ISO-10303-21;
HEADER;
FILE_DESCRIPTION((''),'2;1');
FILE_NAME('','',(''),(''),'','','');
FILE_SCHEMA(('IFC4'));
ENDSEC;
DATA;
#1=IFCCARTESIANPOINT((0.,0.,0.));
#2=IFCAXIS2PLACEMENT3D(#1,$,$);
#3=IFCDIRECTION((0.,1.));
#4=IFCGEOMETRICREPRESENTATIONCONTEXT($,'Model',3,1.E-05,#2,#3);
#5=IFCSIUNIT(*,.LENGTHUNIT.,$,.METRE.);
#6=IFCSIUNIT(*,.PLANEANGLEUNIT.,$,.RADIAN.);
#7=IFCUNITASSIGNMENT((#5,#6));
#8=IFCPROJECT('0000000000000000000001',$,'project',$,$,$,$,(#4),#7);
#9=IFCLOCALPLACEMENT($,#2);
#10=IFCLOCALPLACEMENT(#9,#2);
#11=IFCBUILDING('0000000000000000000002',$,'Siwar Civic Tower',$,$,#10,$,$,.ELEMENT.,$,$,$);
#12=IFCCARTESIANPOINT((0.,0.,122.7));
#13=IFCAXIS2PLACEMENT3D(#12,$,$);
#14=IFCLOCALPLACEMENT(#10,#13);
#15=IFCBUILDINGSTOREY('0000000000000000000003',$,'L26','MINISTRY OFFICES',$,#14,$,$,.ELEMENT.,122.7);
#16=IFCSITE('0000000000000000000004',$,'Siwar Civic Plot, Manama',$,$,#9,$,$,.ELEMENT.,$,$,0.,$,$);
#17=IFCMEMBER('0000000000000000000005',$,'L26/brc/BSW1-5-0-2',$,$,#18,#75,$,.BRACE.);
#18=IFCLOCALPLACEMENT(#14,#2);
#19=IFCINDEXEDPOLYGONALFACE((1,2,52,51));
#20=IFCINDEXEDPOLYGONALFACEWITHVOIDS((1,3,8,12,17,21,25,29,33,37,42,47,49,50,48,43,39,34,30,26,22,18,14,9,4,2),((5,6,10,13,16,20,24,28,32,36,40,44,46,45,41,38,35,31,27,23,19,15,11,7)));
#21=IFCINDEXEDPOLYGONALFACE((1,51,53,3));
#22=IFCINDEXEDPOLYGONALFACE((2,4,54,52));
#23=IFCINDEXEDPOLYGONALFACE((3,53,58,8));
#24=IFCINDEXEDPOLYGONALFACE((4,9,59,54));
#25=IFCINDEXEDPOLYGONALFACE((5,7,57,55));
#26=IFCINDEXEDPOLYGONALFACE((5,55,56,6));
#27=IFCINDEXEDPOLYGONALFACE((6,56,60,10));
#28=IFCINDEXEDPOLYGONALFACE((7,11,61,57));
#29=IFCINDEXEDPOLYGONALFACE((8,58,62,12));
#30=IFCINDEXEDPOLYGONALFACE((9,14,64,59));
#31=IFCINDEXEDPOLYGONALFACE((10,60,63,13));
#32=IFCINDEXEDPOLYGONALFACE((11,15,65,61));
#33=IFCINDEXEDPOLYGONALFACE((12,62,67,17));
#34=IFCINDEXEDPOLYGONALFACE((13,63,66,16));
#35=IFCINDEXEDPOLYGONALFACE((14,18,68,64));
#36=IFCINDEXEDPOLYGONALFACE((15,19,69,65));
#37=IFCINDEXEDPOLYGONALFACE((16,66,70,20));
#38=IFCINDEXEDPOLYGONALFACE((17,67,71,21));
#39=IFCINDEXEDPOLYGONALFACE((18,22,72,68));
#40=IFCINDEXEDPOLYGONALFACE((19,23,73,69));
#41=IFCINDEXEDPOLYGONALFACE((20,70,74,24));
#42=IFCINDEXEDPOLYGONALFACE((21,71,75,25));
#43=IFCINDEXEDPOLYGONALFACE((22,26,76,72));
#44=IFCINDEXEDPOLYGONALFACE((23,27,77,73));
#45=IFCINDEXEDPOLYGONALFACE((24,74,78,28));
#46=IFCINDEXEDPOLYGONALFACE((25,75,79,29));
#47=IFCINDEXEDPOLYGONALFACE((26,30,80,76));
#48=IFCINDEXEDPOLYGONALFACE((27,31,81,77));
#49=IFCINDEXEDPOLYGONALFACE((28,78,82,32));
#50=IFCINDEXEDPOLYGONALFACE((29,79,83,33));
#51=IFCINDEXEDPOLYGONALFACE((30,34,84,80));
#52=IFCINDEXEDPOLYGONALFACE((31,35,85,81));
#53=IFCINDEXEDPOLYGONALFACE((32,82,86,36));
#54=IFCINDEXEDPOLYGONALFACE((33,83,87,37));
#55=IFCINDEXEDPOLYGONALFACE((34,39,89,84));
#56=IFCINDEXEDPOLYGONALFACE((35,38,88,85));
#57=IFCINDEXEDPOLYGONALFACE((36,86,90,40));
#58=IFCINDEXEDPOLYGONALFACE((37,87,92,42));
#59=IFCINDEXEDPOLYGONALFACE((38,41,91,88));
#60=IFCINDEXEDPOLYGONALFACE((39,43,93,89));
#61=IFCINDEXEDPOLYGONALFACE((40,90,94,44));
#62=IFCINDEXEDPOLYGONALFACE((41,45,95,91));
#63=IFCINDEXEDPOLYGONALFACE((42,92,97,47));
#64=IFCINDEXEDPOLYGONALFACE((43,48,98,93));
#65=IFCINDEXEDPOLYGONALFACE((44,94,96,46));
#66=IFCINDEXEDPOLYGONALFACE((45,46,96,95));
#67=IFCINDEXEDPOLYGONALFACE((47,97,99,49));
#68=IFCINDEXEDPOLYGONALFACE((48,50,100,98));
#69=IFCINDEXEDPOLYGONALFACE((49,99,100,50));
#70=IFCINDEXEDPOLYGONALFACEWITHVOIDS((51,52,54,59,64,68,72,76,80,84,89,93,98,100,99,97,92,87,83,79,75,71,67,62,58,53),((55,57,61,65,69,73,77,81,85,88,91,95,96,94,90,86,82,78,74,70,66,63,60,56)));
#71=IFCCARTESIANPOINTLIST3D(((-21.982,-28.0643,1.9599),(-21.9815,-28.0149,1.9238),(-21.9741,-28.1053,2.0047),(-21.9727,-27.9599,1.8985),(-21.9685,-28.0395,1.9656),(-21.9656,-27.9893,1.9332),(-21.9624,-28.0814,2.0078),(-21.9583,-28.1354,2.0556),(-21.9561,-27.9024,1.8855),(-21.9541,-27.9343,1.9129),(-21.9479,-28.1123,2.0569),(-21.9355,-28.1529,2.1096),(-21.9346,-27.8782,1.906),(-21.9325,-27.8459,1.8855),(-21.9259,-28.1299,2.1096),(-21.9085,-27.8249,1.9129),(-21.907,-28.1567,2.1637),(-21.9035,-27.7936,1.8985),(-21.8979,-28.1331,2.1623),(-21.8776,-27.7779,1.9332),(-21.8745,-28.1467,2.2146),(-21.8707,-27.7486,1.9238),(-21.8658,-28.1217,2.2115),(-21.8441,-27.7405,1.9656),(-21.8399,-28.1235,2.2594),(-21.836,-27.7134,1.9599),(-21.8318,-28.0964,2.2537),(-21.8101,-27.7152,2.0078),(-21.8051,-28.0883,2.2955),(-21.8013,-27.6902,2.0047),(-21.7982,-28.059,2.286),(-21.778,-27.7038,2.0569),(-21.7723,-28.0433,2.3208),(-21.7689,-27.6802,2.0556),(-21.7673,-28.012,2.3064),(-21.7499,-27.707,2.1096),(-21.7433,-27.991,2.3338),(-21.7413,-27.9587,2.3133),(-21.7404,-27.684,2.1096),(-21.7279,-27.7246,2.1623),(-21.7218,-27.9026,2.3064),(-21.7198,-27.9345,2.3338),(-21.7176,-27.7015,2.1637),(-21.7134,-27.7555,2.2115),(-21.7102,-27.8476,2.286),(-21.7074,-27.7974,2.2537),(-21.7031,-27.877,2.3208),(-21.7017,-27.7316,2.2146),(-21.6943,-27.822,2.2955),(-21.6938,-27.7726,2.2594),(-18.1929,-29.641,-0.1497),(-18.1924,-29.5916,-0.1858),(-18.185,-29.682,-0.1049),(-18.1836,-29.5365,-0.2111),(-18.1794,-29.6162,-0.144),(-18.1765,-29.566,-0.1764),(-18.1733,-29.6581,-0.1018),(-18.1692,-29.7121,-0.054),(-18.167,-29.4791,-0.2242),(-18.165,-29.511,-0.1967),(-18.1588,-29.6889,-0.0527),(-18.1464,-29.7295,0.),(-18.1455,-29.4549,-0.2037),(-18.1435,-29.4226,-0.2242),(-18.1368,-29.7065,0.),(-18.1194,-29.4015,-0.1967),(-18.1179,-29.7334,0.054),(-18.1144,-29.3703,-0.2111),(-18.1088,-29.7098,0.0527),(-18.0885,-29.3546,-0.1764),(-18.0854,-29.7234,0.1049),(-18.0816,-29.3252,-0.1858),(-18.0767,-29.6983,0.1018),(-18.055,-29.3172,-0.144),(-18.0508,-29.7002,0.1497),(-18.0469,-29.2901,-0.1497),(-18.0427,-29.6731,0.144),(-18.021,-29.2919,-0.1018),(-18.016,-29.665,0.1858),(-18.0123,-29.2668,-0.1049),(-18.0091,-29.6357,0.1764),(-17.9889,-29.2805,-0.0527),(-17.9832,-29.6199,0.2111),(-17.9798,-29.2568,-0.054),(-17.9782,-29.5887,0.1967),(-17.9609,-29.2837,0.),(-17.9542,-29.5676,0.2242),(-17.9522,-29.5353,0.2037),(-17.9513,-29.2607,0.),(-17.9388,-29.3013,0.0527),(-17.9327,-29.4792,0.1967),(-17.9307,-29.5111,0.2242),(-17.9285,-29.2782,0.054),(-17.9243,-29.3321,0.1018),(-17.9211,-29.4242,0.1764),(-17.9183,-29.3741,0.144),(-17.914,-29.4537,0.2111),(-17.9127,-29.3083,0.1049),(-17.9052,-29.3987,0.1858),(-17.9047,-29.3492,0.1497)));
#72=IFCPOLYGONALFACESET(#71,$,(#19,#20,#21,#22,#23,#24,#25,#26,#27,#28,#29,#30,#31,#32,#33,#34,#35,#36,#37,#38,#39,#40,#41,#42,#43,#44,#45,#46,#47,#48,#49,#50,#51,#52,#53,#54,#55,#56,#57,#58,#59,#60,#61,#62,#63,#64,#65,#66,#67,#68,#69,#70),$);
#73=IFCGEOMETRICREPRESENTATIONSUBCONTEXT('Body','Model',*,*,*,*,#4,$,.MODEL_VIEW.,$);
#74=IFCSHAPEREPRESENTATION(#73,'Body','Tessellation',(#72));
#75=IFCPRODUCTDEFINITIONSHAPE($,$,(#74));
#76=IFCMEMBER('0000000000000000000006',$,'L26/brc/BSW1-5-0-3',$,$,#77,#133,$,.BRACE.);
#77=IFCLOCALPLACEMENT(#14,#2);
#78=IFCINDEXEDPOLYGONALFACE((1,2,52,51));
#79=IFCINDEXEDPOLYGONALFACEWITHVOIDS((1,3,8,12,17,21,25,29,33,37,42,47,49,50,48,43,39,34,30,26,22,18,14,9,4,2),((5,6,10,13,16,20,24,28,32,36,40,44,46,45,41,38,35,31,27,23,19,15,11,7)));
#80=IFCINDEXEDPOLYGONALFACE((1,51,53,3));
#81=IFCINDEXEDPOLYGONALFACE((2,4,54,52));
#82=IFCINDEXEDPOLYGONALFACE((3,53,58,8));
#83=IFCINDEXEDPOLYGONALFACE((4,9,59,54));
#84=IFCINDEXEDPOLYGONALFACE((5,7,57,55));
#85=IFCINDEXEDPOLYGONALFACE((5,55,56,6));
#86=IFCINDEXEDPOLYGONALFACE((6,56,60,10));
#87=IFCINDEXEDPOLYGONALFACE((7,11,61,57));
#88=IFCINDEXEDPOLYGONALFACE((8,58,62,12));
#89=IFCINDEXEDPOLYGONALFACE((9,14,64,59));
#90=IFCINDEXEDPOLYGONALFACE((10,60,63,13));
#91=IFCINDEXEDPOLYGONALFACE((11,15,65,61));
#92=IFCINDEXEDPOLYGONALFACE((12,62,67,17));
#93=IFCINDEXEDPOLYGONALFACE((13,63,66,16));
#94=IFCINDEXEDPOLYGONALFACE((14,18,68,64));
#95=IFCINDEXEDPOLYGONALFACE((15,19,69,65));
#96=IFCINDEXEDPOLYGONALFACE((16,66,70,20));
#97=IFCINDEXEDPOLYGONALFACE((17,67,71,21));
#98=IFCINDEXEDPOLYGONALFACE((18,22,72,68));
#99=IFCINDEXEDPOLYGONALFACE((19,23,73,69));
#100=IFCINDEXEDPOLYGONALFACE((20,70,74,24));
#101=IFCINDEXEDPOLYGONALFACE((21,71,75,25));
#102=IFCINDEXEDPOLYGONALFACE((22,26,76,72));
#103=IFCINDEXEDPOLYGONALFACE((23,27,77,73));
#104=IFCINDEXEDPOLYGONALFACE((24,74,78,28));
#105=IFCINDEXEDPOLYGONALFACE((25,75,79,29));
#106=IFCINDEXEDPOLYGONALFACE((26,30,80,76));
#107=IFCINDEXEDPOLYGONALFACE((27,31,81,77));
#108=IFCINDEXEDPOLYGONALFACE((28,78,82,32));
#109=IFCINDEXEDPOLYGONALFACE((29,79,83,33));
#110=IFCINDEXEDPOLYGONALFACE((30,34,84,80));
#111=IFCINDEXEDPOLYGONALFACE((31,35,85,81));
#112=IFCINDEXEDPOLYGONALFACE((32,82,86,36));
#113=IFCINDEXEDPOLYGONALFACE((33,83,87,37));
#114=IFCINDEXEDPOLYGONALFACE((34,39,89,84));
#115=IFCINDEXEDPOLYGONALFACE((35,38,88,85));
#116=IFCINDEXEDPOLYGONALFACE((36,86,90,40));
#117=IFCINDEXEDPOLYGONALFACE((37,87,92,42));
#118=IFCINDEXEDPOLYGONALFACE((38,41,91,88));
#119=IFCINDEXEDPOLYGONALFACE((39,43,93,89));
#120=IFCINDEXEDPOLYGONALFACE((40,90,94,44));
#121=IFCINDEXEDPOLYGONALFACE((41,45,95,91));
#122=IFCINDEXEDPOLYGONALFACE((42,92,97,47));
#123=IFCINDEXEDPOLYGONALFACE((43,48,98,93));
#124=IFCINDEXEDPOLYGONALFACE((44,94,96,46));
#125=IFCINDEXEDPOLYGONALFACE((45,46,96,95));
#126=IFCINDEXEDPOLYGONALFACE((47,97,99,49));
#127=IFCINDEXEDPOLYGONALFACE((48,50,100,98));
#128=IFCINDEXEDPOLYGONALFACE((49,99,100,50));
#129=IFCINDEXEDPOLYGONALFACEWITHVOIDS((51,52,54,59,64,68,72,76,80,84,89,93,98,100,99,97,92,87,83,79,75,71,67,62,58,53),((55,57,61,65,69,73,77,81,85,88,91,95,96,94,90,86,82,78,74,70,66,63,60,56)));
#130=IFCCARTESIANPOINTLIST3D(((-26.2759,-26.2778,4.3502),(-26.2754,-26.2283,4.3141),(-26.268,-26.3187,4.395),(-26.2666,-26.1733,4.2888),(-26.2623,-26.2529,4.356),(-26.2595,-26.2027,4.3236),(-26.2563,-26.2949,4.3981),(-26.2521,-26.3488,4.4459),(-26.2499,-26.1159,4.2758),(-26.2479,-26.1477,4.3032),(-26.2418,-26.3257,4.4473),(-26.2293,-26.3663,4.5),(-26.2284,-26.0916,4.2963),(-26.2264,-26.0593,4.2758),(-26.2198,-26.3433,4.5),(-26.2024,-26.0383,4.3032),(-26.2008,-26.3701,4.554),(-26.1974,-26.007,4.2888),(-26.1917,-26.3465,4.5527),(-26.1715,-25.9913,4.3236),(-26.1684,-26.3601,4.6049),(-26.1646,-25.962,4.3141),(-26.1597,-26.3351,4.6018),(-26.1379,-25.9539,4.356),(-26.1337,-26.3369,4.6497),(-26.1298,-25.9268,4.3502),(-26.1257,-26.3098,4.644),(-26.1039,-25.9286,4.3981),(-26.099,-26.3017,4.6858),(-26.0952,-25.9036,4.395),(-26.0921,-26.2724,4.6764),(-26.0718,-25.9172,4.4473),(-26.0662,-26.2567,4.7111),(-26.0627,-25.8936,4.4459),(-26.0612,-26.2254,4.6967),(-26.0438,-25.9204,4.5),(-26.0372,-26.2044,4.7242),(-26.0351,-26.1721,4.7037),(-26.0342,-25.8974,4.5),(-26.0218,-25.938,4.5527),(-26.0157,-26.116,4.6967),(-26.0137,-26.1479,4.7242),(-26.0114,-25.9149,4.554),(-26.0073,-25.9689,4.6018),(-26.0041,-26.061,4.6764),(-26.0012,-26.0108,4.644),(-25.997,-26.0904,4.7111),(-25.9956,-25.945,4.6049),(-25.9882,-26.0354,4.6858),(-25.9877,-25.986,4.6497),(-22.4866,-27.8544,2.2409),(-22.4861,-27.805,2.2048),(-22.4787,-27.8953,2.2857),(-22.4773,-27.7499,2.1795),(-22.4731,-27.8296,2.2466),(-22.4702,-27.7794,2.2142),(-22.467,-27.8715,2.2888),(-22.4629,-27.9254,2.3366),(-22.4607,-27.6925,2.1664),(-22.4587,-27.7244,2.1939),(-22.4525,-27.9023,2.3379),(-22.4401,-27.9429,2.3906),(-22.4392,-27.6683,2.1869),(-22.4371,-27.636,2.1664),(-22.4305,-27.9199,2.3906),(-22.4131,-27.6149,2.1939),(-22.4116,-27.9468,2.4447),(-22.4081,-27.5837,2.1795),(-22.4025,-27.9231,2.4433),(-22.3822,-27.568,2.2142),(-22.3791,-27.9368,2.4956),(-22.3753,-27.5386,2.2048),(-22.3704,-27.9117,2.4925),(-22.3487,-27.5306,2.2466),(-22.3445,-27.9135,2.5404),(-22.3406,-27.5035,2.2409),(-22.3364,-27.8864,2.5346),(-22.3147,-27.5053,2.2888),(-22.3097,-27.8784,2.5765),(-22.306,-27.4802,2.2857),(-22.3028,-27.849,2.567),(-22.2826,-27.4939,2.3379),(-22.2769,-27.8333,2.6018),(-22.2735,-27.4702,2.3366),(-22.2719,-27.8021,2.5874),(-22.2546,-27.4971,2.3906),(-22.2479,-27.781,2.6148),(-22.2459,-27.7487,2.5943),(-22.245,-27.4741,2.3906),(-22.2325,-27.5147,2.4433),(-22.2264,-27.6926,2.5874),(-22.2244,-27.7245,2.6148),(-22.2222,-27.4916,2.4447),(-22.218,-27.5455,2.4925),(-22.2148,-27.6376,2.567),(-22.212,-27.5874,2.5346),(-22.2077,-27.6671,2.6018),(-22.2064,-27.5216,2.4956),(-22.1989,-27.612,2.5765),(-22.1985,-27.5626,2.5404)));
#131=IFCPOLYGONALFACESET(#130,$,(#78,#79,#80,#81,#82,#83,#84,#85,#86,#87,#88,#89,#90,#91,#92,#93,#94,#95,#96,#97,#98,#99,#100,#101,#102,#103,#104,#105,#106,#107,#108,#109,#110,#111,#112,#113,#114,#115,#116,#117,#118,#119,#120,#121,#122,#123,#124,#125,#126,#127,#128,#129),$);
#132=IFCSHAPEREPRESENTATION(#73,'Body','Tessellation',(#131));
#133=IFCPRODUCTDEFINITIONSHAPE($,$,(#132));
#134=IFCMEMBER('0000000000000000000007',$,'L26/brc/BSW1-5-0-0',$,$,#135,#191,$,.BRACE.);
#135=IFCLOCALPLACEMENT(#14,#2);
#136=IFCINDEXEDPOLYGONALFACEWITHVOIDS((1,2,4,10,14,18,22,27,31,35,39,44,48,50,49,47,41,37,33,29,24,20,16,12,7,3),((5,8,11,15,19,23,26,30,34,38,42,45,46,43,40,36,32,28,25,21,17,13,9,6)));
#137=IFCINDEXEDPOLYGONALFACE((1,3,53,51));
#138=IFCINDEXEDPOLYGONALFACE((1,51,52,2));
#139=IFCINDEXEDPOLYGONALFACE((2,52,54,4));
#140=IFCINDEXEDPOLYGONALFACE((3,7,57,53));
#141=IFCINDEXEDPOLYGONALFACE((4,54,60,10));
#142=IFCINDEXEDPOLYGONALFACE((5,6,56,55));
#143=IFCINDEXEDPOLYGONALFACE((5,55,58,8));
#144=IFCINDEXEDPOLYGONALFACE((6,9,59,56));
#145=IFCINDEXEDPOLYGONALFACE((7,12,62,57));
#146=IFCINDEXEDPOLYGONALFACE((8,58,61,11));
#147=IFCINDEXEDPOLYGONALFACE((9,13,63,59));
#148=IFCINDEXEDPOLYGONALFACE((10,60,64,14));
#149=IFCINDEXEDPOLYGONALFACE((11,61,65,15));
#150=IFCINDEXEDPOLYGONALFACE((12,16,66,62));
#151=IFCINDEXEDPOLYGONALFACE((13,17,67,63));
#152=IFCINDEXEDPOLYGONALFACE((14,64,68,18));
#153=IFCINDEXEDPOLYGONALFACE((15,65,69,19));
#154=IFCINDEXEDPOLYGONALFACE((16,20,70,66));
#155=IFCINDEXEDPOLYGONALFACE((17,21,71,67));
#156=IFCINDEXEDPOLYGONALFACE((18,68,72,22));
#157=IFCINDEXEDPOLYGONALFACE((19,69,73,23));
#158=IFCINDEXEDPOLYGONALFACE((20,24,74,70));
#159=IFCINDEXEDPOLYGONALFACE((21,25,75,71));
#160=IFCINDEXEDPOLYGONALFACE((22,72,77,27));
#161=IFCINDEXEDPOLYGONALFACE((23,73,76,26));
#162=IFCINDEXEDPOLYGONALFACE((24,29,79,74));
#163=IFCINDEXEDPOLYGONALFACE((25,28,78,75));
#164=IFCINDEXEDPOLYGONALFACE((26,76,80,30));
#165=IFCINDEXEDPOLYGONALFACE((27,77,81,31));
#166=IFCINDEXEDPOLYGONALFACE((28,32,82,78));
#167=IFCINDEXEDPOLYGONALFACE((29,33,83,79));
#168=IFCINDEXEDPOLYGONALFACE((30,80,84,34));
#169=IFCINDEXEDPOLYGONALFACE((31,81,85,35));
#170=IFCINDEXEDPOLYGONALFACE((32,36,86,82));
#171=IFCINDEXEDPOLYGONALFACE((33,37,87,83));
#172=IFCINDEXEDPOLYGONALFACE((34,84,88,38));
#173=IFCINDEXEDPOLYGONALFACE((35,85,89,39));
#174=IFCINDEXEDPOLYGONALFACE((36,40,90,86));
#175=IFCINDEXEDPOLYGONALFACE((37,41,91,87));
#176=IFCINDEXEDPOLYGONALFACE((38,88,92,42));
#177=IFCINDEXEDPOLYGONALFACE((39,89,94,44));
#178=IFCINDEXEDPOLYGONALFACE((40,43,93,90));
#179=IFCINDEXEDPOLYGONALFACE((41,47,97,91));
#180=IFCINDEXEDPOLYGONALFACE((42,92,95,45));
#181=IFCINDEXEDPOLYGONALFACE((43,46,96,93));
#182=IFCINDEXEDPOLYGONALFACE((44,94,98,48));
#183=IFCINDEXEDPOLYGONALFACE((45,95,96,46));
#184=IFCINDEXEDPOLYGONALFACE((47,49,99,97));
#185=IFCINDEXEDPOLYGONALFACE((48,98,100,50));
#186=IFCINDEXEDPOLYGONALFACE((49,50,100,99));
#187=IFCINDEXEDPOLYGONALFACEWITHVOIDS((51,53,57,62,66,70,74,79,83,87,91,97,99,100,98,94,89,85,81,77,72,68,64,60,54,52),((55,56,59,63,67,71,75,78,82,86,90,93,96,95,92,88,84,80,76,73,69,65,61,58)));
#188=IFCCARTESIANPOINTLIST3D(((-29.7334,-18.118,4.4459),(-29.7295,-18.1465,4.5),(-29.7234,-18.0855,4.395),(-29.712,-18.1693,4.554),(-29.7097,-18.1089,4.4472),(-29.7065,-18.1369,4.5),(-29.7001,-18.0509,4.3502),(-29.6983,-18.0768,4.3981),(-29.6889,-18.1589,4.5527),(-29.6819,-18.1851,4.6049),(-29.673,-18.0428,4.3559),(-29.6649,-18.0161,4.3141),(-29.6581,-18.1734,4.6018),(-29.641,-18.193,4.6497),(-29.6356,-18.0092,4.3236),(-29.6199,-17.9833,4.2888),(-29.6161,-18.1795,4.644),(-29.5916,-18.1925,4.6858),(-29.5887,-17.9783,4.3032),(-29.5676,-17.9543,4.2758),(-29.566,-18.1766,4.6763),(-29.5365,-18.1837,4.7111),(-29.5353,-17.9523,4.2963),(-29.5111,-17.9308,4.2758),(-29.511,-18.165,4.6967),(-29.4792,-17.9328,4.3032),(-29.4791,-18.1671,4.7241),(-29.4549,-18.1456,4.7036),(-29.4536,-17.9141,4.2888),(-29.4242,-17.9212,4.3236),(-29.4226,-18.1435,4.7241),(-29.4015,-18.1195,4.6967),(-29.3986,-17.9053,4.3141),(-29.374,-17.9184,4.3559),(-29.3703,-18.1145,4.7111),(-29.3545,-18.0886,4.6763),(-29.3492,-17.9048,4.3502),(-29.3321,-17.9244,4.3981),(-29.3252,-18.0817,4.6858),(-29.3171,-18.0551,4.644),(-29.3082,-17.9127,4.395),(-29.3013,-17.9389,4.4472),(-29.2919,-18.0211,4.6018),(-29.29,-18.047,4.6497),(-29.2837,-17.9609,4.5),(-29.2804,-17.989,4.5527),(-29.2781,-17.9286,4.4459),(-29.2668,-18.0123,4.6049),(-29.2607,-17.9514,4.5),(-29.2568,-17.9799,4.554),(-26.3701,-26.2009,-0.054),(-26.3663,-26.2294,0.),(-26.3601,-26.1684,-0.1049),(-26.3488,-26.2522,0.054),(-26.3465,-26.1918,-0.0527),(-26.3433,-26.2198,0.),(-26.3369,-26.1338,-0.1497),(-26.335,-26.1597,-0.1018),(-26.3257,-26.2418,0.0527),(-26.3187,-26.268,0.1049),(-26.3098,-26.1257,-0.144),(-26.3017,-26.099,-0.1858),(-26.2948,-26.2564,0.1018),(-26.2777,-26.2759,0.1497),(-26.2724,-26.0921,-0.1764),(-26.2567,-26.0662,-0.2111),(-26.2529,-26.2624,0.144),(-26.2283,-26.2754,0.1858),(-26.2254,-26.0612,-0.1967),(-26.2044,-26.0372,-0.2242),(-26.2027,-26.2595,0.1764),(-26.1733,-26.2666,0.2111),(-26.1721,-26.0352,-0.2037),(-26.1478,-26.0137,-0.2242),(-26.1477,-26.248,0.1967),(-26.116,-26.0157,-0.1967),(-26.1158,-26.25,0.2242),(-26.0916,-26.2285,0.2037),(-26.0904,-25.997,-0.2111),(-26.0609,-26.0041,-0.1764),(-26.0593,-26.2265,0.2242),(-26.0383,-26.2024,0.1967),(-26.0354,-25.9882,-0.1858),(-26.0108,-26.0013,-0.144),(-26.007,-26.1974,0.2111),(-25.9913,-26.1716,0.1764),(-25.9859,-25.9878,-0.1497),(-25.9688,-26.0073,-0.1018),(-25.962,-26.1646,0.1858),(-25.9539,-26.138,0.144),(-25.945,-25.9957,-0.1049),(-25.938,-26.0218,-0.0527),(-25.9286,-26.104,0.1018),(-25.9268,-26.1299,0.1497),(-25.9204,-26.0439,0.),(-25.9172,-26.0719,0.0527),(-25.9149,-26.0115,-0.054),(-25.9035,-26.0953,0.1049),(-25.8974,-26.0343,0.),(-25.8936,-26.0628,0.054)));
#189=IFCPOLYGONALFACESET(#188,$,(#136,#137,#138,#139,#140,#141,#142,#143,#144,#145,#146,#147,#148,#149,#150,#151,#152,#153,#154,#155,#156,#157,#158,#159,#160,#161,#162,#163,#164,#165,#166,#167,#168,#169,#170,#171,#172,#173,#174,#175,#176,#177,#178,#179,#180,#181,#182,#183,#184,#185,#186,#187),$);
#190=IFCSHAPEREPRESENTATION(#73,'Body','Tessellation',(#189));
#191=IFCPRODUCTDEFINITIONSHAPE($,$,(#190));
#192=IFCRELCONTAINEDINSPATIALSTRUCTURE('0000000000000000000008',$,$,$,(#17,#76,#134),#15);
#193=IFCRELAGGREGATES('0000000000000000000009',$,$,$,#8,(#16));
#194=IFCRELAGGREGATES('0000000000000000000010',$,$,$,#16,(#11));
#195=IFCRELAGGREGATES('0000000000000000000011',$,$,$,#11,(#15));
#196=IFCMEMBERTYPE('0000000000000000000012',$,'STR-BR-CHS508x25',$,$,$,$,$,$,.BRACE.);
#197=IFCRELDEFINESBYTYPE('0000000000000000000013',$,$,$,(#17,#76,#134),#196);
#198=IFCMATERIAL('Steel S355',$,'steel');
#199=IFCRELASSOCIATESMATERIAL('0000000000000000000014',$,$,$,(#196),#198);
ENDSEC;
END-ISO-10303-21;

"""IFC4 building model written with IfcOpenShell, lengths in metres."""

from ifc_helpers import new_model, si_unit, direction, frame, origin, origin_2d, place, context, subcontext, project, spatial, hollow_circle, extrude, material, material_profile, profile_set, type_object, element, save


model = new_model("IFC4")

# Units and contexts
model_context = context("Model", 3, precision=1e-05, world=origin(), true_north=direction((0.0, 1.0)))
body_context = subcontext(model_context, "Body", "Model", "MODEL_VIEW")
ifc_project = project(units=[si_unit("LENGTHUNIT", "METRE"), si_unit("PLANEANGLEUNIT", "RADIAN")], contexts=[model_context])

# Site, building, storey
site_placement = place(None, origin())
site = spatial("IfcSite", under=ifc_project, at=site_placement, Name="Siwar Civic Plot, Manama", CompositionType="ELEMENT", RefElevation=0.0)
building_placement = place(site_placement, origin())
building = spatial("IfcBuilding", under=site, at=building_placement, Name="Siwar Civic Tower", CompositionType="ELEMENT")
storey_placement = place(building_placement, frame((0.0, 0.0, 122.7)))
storey = spatial("IfcBuildingStorey", under=building, at=storey_placement, Name="L26", Description="MINISTRY OFFICES", CompositionType="ELEMENT", Elevation=122.7)

# Members
ifc_material_1 = material(Name="Steel S355", Category="steel")
ifc_material_profile_1 = material_profile(ifc_material_1, hollow_circle(Radius=0.2539, WallThickness=0.0249, at=origin_2d()), Name="CHS508x25")
ifc_profile_set_1 = profile_set([ifc_material_profile_1], Name="Steel S355")
member_type_1 = type_object("IfcMemberType", Name="STR-BR-CHS508x25", PredefinedType="BRACE", material=ifc_profile_set_1)
for number, where, z_axis, x_axis, name in (
    (1, (-18.0488, -29.4951, 0.0), (-0.821126, 0.341677, 0.457175), (-0.384176, -0.92326, 0.0), "L26/brc/BSW1-5-0-2"),
    (2, (-22.3425, -27.7085, 2.3906), (-0.821163, 0.341671, 0.457113), (-0.384155, -0.923269, 0.0), "L26/brc/BSW1-5-0-3"),
):
    element("IfcMember", number, at=place(storey_placement, frame(where, z_axis=z_axis, x_axis=x_axis)), inside=storey, type_object=member_type_1, Name=name, PredefinedType="BRACE", context=body_context, shape_type="SweptSolid", body=[
        extrude(hollow_circle(Radius=0.2539, WallThickness=0.0249, at=origin_2d()), origin(), (0.0, 0.0, 1.0), 4.6145),
    ])
member_1_placement = place(storey_placement, frame((-26.1318, -26.1318, 0.0), z_axis=(-0.341671, 0.821143, 0.457149), x_axis=(-0.923265, -0.384164, 0.0)))
element("IfcMember", 3, at=member_1_placement, inside=storey, type_object=member_type_1, Name="L26/brc/BSW1-5-0-0", PredefinedType="BRACE", context=body_context, shape_type="SweptSolid", body=[
    extrude(hollow_circle(Radius=0.2539, WallThickness=0.0249, at=origin_2d()), origin(), (0.0, 0.0, 1.0), 9.8435),
])

save(model, "model.ifc")
